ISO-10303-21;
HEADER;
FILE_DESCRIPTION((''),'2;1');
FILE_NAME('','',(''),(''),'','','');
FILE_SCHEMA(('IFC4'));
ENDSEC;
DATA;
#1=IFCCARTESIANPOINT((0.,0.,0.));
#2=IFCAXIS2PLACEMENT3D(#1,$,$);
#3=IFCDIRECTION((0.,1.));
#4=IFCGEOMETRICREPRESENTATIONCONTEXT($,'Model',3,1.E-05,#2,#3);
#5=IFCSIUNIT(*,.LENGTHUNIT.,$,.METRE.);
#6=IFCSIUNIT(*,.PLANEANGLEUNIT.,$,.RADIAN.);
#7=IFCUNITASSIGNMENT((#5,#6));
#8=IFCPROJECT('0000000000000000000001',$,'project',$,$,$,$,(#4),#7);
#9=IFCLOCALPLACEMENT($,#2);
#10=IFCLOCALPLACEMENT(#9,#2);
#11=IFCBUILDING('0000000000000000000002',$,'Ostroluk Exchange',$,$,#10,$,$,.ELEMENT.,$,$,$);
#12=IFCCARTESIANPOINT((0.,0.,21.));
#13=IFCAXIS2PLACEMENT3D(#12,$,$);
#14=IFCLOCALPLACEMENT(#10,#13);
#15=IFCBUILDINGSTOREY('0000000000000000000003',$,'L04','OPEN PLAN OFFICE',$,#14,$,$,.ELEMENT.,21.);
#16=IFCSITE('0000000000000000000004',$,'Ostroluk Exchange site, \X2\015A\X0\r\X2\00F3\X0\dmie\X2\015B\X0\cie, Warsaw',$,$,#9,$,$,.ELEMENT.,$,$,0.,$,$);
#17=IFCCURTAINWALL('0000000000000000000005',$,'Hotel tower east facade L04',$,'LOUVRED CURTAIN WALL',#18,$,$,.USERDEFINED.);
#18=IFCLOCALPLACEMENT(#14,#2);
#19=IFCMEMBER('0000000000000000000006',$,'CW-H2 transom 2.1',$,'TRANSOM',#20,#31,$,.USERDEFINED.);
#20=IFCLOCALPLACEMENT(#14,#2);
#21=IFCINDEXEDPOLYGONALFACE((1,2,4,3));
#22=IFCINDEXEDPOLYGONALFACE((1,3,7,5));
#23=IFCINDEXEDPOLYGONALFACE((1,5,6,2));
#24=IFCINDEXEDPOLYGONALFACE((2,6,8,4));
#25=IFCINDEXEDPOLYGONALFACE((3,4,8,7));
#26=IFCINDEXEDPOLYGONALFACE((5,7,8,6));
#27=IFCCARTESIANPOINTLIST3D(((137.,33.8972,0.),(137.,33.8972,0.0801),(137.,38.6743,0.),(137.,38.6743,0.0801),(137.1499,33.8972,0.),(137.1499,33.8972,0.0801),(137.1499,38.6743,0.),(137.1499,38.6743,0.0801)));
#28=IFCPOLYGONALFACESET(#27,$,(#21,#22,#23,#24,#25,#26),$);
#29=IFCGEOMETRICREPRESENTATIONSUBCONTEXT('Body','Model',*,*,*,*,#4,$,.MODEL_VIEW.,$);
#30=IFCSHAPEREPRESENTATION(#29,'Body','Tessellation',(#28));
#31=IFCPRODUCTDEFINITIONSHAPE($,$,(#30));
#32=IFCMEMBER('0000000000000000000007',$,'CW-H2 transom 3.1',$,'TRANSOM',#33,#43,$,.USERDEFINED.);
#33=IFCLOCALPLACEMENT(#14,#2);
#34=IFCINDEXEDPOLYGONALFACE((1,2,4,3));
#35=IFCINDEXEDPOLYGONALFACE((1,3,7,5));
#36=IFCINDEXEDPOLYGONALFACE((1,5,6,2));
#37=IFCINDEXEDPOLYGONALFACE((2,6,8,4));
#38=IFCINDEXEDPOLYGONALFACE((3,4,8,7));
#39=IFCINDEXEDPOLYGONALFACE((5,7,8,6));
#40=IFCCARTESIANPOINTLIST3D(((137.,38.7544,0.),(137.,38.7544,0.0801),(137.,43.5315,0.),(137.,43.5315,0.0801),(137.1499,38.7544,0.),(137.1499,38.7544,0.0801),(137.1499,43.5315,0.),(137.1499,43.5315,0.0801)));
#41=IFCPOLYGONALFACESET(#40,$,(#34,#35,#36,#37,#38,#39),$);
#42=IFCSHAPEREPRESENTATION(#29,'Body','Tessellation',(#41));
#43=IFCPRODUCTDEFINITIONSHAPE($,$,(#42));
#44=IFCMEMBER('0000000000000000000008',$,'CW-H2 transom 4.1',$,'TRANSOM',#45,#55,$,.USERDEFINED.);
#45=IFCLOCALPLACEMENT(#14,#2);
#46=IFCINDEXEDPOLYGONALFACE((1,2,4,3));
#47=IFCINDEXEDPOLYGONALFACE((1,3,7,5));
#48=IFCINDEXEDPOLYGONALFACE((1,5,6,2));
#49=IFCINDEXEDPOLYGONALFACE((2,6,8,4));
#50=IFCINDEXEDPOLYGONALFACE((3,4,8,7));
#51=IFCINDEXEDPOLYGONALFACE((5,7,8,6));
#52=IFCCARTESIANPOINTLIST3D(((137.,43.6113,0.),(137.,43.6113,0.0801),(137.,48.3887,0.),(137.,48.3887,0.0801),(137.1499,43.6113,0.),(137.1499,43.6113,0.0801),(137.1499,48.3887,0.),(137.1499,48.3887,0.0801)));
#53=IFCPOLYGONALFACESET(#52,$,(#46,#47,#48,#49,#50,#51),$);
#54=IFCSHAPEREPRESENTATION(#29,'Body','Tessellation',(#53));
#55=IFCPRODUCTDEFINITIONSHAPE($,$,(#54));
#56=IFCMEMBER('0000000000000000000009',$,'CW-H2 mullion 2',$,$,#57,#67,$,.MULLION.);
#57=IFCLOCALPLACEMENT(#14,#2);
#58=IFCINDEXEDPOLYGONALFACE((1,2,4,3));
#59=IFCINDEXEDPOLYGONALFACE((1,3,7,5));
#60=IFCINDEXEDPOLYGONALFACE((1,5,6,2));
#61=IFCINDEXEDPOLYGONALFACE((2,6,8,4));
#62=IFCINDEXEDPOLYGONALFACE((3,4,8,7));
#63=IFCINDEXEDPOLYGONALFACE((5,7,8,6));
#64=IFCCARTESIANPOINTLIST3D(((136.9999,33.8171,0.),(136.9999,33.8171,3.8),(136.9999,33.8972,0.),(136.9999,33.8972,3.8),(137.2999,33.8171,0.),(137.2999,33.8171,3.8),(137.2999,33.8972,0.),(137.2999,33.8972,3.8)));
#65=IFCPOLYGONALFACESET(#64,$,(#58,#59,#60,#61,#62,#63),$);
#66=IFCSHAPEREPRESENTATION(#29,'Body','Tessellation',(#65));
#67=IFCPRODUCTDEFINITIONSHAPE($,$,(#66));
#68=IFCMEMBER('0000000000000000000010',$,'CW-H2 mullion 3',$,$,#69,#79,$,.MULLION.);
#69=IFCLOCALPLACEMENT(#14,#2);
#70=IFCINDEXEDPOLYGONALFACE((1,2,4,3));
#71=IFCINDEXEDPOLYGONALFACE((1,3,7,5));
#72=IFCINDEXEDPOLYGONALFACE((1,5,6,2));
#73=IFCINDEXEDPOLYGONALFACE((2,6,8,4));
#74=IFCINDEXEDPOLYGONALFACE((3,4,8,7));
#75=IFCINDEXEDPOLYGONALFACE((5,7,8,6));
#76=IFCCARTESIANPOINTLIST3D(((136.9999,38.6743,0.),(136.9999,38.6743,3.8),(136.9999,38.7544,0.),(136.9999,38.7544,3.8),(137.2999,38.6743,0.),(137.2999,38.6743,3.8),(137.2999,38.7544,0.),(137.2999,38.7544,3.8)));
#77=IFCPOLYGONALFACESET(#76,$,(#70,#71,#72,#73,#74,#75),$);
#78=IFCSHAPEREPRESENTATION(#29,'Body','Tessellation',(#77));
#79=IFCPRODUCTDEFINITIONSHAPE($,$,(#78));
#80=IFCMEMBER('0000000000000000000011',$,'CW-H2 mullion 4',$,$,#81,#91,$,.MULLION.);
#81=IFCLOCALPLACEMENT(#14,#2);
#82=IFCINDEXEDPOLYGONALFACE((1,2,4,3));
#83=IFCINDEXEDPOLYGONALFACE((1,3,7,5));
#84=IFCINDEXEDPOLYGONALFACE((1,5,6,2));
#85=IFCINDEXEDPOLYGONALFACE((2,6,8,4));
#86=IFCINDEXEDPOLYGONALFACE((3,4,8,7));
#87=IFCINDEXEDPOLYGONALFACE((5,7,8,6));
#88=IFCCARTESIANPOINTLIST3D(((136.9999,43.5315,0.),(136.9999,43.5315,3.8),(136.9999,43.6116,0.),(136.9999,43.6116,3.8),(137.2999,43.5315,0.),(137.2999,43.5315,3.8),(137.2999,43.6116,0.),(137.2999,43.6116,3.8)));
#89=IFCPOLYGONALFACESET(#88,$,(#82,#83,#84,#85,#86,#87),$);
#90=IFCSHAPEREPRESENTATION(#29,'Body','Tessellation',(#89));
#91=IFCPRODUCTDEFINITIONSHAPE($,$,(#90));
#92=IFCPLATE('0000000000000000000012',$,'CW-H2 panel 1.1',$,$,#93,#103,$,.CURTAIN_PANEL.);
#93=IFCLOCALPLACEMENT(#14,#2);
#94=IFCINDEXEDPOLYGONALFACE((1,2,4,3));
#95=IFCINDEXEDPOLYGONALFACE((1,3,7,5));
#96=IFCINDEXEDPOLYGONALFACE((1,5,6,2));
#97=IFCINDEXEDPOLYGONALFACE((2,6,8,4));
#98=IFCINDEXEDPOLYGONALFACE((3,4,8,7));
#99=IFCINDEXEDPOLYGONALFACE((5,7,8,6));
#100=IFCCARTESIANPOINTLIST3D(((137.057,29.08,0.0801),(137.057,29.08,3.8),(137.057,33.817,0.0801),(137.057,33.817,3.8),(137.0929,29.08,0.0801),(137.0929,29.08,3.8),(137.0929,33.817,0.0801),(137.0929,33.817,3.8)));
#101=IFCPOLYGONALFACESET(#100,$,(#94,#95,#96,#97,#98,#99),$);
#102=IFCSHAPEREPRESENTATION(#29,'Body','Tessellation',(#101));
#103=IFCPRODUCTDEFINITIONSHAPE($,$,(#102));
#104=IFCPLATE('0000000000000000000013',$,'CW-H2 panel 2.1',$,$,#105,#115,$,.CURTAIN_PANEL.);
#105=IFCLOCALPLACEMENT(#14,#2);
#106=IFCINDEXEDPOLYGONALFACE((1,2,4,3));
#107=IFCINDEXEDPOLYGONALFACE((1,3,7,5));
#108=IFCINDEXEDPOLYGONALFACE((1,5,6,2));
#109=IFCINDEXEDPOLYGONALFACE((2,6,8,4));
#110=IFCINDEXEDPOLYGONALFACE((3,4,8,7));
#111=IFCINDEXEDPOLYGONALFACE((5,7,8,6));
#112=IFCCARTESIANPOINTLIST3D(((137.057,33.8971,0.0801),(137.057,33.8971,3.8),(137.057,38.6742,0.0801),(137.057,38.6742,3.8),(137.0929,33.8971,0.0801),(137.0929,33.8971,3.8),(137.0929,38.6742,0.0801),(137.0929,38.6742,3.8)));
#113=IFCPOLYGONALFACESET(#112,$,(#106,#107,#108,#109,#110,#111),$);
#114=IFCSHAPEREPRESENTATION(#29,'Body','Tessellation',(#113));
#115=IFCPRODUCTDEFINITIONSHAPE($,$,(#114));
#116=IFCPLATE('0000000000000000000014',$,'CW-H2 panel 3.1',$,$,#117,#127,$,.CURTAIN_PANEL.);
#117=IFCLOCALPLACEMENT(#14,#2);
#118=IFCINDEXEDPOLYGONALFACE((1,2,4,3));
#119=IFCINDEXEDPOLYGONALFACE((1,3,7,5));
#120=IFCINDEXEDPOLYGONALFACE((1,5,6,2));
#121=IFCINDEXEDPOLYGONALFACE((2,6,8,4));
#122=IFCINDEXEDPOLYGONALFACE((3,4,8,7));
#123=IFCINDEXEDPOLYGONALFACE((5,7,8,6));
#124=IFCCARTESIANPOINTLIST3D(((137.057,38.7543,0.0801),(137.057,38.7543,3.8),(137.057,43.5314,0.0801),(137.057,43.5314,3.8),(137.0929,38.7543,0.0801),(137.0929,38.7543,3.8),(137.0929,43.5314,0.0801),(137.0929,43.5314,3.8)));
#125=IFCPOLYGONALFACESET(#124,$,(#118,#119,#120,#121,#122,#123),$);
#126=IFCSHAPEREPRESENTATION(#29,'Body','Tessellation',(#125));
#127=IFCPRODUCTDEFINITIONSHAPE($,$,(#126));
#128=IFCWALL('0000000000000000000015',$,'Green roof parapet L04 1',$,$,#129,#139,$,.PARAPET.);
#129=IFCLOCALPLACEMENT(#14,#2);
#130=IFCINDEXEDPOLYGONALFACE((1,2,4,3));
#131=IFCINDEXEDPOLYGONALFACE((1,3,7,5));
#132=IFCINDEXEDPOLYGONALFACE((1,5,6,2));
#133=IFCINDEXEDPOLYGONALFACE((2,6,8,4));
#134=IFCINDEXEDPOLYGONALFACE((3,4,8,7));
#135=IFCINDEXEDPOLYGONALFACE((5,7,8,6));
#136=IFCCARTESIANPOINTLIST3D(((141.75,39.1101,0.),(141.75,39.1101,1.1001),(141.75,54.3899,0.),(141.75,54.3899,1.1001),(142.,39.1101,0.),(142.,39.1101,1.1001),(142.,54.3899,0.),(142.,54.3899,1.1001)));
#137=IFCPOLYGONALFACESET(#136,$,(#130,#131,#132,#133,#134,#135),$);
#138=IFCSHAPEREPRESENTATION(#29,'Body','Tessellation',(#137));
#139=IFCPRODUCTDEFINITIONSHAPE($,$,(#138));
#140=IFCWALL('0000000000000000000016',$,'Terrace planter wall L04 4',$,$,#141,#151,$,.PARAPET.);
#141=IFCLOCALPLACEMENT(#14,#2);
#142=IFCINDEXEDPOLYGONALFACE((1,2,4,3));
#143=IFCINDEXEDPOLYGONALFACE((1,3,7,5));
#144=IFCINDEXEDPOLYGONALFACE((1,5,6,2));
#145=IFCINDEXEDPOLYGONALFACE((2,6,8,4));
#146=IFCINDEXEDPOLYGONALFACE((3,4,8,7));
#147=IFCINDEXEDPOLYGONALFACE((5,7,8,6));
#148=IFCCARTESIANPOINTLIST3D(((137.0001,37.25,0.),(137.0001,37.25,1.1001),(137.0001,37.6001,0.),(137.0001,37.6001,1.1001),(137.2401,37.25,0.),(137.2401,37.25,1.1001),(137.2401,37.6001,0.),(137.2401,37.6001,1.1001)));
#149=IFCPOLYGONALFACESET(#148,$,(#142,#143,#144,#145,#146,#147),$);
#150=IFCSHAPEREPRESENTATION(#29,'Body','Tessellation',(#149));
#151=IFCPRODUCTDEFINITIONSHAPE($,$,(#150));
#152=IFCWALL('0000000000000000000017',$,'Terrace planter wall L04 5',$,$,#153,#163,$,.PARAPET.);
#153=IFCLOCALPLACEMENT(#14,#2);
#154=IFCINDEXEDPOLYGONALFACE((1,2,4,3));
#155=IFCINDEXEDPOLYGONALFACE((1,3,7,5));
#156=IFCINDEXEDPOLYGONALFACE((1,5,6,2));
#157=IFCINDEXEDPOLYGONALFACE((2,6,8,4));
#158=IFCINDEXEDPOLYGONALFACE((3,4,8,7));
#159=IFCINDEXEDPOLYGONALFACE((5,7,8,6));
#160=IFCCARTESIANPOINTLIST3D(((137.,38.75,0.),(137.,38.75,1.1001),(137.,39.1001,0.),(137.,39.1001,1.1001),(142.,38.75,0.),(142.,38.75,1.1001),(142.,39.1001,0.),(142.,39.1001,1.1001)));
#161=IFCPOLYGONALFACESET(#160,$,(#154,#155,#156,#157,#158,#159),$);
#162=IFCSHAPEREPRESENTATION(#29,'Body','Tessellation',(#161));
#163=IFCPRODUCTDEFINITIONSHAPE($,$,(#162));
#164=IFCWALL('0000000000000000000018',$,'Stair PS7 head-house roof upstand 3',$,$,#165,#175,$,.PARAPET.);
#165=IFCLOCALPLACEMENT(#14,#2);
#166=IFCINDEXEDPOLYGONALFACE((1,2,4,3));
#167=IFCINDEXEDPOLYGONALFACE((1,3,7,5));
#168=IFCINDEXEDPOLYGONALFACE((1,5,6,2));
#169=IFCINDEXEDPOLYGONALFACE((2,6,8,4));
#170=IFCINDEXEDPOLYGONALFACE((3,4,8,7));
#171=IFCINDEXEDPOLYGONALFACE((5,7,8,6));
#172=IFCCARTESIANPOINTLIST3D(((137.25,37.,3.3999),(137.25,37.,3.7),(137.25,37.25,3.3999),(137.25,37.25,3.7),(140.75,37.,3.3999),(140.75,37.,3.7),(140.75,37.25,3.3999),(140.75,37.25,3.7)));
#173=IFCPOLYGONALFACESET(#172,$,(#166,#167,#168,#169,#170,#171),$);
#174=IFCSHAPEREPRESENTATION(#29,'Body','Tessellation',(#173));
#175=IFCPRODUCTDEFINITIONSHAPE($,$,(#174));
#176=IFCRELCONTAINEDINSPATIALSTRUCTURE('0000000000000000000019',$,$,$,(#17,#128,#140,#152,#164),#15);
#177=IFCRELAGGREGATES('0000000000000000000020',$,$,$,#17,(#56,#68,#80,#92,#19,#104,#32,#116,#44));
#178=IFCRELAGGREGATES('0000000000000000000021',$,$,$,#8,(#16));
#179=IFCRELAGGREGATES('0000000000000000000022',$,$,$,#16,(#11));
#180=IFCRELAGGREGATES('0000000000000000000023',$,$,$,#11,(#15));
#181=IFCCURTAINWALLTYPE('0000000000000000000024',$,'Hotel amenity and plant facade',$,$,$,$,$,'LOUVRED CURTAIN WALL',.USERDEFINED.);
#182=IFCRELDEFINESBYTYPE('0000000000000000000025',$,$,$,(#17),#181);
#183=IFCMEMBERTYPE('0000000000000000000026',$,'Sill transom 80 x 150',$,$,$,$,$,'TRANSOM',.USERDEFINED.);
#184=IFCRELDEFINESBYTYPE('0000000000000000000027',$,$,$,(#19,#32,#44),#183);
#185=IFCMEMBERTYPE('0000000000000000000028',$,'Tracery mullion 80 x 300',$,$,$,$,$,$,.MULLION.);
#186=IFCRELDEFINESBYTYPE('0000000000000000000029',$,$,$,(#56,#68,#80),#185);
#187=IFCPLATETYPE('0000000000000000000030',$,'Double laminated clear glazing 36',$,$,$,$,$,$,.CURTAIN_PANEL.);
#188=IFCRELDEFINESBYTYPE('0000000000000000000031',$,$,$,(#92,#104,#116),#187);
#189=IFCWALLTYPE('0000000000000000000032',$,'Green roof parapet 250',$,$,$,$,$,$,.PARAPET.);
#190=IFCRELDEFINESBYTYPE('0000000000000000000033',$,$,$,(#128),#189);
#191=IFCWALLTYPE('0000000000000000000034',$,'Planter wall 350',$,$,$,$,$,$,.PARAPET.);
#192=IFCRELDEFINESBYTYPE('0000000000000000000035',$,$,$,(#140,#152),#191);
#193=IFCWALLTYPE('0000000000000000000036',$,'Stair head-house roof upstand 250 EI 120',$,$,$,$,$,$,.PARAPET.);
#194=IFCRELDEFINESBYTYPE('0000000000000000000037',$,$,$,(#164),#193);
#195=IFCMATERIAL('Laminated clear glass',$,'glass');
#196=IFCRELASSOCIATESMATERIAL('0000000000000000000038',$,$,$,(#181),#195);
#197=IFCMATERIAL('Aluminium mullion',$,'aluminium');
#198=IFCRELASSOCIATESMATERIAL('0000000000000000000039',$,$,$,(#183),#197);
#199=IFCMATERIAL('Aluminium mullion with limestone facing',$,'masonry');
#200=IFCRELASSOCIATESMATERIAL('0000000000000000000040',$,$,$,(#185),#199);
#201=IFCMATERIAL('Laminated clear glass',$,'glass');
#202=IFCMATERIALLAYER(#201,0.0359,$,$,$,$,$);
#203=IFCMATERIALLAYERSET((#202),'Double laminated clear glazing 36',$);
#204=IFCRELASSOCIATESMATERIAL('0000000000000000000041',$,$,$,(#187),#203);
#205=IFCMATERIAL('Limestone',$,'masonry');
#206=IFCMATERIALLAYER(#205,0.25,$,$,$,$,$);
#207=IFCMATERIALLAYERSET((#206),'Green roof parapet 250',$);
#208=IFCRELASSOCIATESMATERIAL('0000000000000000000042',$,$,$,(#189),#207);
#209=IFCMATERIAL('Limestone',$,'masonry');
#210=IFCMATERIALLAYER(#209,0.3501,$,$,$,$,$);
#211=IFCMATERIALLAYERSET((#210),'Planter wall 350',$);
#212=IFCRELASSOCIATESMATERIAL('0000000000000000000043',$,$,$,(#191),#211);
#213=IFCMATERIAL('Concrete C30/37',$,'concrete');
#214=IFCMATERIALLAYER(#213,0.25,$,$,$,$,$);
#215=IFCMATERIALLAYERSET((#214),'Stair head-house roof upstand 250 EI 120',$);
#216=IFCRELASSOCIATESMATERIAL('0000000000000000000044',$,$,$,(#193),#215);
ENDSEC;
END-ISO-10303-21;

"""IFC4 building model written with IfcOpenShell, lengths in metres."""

from ifc_helpers import new_model, si_unit, direction, frame, frame_2d, origin, origin_2d, place, context, subcontext, project, spatial, rectangle, extrude, material, layer, layer_set, material_profile, profile_set, type_object, element, aggregate, save


model = new_model("IFC4")

# Units and contexts
model_context = context("Model", 3, precision=1e-05, world=origin(), true_north=direction((0.0, 1.0)))
body_context = subcontext(model_context, "Body", "Model", "MODEL_VIEW")
ifc_project = project(units=[si_unit("LENGTHUNIT", "METRE"), si_unit("PLANEANGLEUNIT", "RADIAN")], contexts=[model_context])

# Site, building, storey
site_placement = place(None, origin())
site = spatial("IfcSite", under=ifc_project, at=site_placement, Name="Ostroluk Exchange site, Śródmieście, Warsaw", CompositionType="ELEMENT", RefElevation=0.0)
building_placement = place(site_placement, origin())
building = spatial("IfcBuilding", under=site, at=building_placement, Name="Ostroluk Exchange", CompositionType="ELEMENT")
storey_placement = place(building_placement, frame((0.0, 0.0, 21.0)))
storey = spatial("IfcBuildingStorey", under=building, at=storey_placement, Name="L04", Description="OPEN PLAN OFFICE", CompositionType="ELEMENT", Elevation=21.0)

# Curtain wall, members, plates
ifc_material_1 = material(Name="Laminated clear glass", Category="glass")
curtain_wall_type = type_object("IfcCurtainWallType", Name="Hotel amenity and plant facade", ElementType="LOUVRED CURTAIN WALL", PredefinedType="USERDEFINED", material=ifc_material_1)
curtain_wall_placement = place(storey_placement, origin())
curtain_wall = element("IfcCurtainWall", 1, at=curtain_wall_placement, inside=storey, type_object=curtain_wall_type, Name="Hotel tower east facade L04", ObjectType="LOUVRED CURTAIN WALL", PredefinedType="USERDEFINED")
ifc_material_2 = material(Name="Aluminium mullion", Category="aluminium")
ifc_material_profile_1 = material_profile(ifc_material_2, rectangle(XDim=0.1499, YDim=0.0801, at=origin_2d()), Name="Sill transom 80 x 150")
ifc_profile_set_1 = profile_set([ifc_material_profile_1], Name="Aluminium mullion")
member_type_1 = type_object("IfcMemberType", Name="Sill transom 80 x 150", ElementType="TRANSOM", PredefinedType="USERDEFINED", material=ifc_profile_set_1)
member_1_placement = place(storey_placement, frame((137.075, 33.8972, 0.04), z_axis=(0.0, 1.0, 0.0), x_axis=(-1.0, 0.0, 0.0)))
member_1 = element("IfcMember", 2, at=member_1_placement, type_object=member_type_1, Name="CW-H2 transom 2.1", ObjectType="TRANSOM", PredefinedType="USERDEFINED", context=body_context, shape_type="SweptSolid", body=[
    extrude(rectangle(XDim=0.1499, YDim=0.0801, at=origin_2d()), origin(), (0.0, 0.0, 1.0), 4.7771),
])
member_2_placement = place(storey_placement, frame((137.075, 38.7544, 0.04), z_axis=(0.0, 1.0, 0.0), x_axis=(-1.0, 0.0, 0.0)))
member_2 = element("IfcMember", 3, at=member_2_placement, type_object=member_type_1, Name="CW-H2 transom 3.1", ObjectType="TRANSOM", PredefinedType="USERDEFINED", context=body_context, shape_type="SweptSolid", body=[
    extrude(rectangle(XDim=0.1499, YDim=0.0801, at=origin_2d()), origin(), (0.0, 0.0, 1.0), 4.7771),
])
member_3_placement = place(storey_placement, frame((137.075, 43.6113, 0.04), z_axis=(0.0, 1.0, 0.0), x_axis=(-1.0, 0.0, 0.0)))
member_3 = element("IfcMember", 4, at=member_3_placement, type_object=member_type_1, Name="CW-H2 transom 4.1", ObjectType="TRANSOM", PredefinedType="USERDEFINED", context=body_context, shape_type="SweptSolid", body=[
    extrude(rectangle(XDim=0.1499, YDim=0.0801, at=origin_2d()), origin(), (0.0, 0.0, 1.0), 4.7773),
])
ifc_material_3 = material(Name="Aluminium mullion with limestone facing", Category="masonry")
ifc_material_profile_2 = material_profile(ifc_material_3, rectangle(XDim=0.3, YDim=0.0801, at=origin_2d()), Name="Tracery mullion 80 x 300")
ifc_profile_set_2 = profile_set([ifc_material_profile_2], Name="Aluminium mullion with limestone facing")
member_type_2 = type_object("IfcMemberType", Name="Tracery mullion 80 x 300", PredefinedType="MULLION", material=ifc_profile_set_2)
member_4_placement = place(storey_placement, frame((137.1499, 33.8572, 0.0), z_axis=(0.0, 0.0, 1.0), x_axis=(-1.0, 0.0, 0.0)))
member_4 = element("IfcMember", 5, at=member_4_placement, type_object=member_type_2, Name="CW-H2 mullion 2", PredefinedType="MULLION", context=body_context, shape_type="SweptSolid", body=[
    extrude(rectangle(XDim=0.3, YDim=0.0801, at=origin_2d()), origin(), (0.0, 0.0, 1.0), 3.8),
])
member_5_placement = place(storey_placement, frame((137.1499, 38.7144, 0.0), z_axis=(0.0, 0.0, 1.0), x_axis=(-1.0, 0.0, 0.0)))
member_5 = element("IfcMember", 6, at=member_5_placement, type_object=member_type_2, Name="CW-H2 mullion 3", PredefinedType="MULLION", context=body_context, shape_type="SweptSolid", body=[
    extrude(rectangle(XDim=0.3, YDim=0.0801, at=origin_2d()), origin(), (0.0, 0.0, 1.0), 3.8),
])
member_6_placement = place(storey_placement, frame((137.1499, 43.5715, 0.0), z_axis=(0.0, 0.0, 1.0), x_axis=(-1.0, 0.0, 0.0)))
member_6 = element("IfcMember", 7, at=member_6_placement, type_object=member_type_2, Name="CW-H2 mullion 4", PredefinedType="MULLION", context=body_context, shape_type="SweptSolid", body=[
    extrude(rectangle(XDim=0.3, YDim=0.0801, at=origin_2d()), origin(), (0.0, 0.0, 1.0), 3.8),
])
ifc_material_4 = material(Name="Laminated clear glass", Category="glass")
ifc_layer_1 = layer(ifc_material_4, 0.0359)
ifc_layer_set_1 = layer_set([ifc_layer_1], Name="Double laminated clear glazing 36")
plate_type = type_object("IfcPlateType", Name="Double laminated clear glazing 36", PredefinedType="CURTAIN_PANEL", material=ifc_layer_set_1)
plate_1_placement = place(storey_placement, frame((137.075, 31.4485, 0.0801), z_axis=(0.0, 0.0, 1.0), x_axis=(0.0, 1.0, 0.0)))
plate_1 = element("IfcPlate", 8, at=plate_1_placement, type_object=plate_type, Name="CW-H2 panel 1.1", PredefinedType="CURTAIN_PANEL", context=body_context, shape_type="SweptSolid", body=[
    extrude(rectangle(XDim=4.7371, YDim=0.0359, at=origin_2d()), origin(), (0.0, 0.0, 1.0), 3.72),
])
plate_2_placement = place(storey_placement, frame((137.075, 36.2856, 0.0801), z_axis=(0.0, 0.0, 1.0), x_axis=(0.0, 1.0, 0.0)))
plate_2 = element("IfcPlate", 9, at=plate_2_placement, type_object=plate_type, Name="CW-H2 panel 2.1", PredefinedType="CURTAIN_PANEL", context=body_context, shape_type="SweptSolid", body=[
    extrude(rectangle(XDim=4.7771, YDim=0.0359, at=origin_2d()), origin(), (0.0, 0.0, 1.0), 3.72),
])
plate_3_placement = place(storey_placement, frame((137.075, 41.1428, 0.0801), z_axis=(0.0, 0.0, 1.0), x_axis=(0.0, 1.0, 0.0)))
plate_3 = element("IfcPlate", 10, at=plate_3_placement, type_object=plate_type, Name="CW-H2 panel 3.1", PredefinedType="CURTAIN_PANEL", context=body_context, shape_type="SweptSolid", body=[
    extrude(rectangle(XDim=4.7771, YDim=0.0359, at=origin_2d()), origin(), (0.0, 0.0, 1.0), 3.72),
])
aggregate(curtain_wall, [member_4, member_5, member_6, plate_1, member_1, plate_2, member_2, plate_3, member_3])

# Walls
ifc_material_5 = material(Name="Limestone", Category="masonry")
ifc_layer_2 = layer(ifc_material_5, 0.25)
ifc_layer_set_2 = layer_set([ifc_layer_2], Name="Green roof parapet 250")
wall_type_1 = type_object("IfcWallType", Name="Green roof parapet 250", PredefinedType="PARAPET", material=ifc_layer_set_2)
wall_1_placement = place(storey_placement, frame((141.875, 39.1101, 0.0), z_axis=(0.0, 0.0, 1.0), x_axis=(0.0, 1.0, 0.0)))
element("IfcWall", 11, at=wall_1_placement, inside=storey, type_object=wall_type_1, Name="Green roof parapet L04 1", PredefinedType="PARAPET", context=body_context, shape_type="SweptSolid", body=[
    extrude(rectangle(XDim=15.2798, YDim=0.25, at=frame_2d((7.6399, 0.0))), origin(), (0.0, 0.0, 1.0), 1.1001),
])
ifc_material_6 = material(Name="Limestone", Category="masonry")
ifc_layer_3 = layer(ifc_material_6, 0.3501)
ifc_layer_set_3 = layer_set([ifc_layer_3], Name="Planter wall 350")
wall_type_2 = type_object("IfcWallType", Name="Planter wall 350", PredefinedType="PARAPET", material=ifc_layer_set_3)
wall_2_placement = place(storey_placement, frame((137.1201, 37.25, 0.0), z_axis=(0.0, 0.0, 1.0), x_axis=(0.0, 1.0, 0.0)))
element("IfcWall", 12, at=wall_2_placement, inside=storey, type_object=wall_type_2, Name="Terrace planter wall L04 4", PredefinedType="PARAPET", context=body_context, shape_type="SweptSolid", body=[
    extrude(rectangle(XDim=0.3501, YDim=0.24, at=frame_2d((0.175, 0.0))), origin(), (0.0, 0.0, 1.0), 1.1001),
])
wall_3_placement = place(storey_placement, frame((137.0, 38.925, 0.0), z_axis=(0.0, 0.0, 1.0), x_axis=(1.0, 0.0, 0.0)))
element("IfcWall", 13, at=wall_3_placement, inside=storey, type_object=wall_type_2, Name="Terrace planter wall L04 5", PredefinedType="PARAPET", context=body_context, shape_type="SweptSolid", body=[
    extrude(rectangle(XDim=5.0, YDim=0.3501, at=frame_2d((2.5, 0.0))), origin(), (0.0, 0.0, 1.0), 1.1001),
])
ifc_material_7 = material(Name="Concrete C30/37", Category="concrete")
ifc_layer_4 = layer(ifc_material_7, 0.25)
ifc_layer_set_4 = layer_set([ifc_layer_4], Name="Stair head-house roof upstand 250 EI 120")
wall_type_3 = type_object("IfcWallType", Name="Stair head-house roof upstand 250 EI 120", PredefinedType="PARAPET", material=ifc_layer_set_4)
wall_4_placement = place(storey_placement, frame((137.25, 37.125, 3.3999), z_axis=(0.0, 0.0, 1.0), x_axis=(1.0, 0.0, 0.0)))
element("IfcWall", 14, at=wall_4_placement, inside=storey, type_object=wall_type_3, Name="Stair PS7 head-house roof upstand 3", PredefinedType="PARAPET", context=body_context, shape_type="SweptSolid", body=[
    extrude(rectangle(XDim=3.5, YDim=0.25, at=frame_2d((1.75, 0.0))), origin(), (0.0, 0.0, 1.0), 0.3),
])

save(model, "model.ifc")
